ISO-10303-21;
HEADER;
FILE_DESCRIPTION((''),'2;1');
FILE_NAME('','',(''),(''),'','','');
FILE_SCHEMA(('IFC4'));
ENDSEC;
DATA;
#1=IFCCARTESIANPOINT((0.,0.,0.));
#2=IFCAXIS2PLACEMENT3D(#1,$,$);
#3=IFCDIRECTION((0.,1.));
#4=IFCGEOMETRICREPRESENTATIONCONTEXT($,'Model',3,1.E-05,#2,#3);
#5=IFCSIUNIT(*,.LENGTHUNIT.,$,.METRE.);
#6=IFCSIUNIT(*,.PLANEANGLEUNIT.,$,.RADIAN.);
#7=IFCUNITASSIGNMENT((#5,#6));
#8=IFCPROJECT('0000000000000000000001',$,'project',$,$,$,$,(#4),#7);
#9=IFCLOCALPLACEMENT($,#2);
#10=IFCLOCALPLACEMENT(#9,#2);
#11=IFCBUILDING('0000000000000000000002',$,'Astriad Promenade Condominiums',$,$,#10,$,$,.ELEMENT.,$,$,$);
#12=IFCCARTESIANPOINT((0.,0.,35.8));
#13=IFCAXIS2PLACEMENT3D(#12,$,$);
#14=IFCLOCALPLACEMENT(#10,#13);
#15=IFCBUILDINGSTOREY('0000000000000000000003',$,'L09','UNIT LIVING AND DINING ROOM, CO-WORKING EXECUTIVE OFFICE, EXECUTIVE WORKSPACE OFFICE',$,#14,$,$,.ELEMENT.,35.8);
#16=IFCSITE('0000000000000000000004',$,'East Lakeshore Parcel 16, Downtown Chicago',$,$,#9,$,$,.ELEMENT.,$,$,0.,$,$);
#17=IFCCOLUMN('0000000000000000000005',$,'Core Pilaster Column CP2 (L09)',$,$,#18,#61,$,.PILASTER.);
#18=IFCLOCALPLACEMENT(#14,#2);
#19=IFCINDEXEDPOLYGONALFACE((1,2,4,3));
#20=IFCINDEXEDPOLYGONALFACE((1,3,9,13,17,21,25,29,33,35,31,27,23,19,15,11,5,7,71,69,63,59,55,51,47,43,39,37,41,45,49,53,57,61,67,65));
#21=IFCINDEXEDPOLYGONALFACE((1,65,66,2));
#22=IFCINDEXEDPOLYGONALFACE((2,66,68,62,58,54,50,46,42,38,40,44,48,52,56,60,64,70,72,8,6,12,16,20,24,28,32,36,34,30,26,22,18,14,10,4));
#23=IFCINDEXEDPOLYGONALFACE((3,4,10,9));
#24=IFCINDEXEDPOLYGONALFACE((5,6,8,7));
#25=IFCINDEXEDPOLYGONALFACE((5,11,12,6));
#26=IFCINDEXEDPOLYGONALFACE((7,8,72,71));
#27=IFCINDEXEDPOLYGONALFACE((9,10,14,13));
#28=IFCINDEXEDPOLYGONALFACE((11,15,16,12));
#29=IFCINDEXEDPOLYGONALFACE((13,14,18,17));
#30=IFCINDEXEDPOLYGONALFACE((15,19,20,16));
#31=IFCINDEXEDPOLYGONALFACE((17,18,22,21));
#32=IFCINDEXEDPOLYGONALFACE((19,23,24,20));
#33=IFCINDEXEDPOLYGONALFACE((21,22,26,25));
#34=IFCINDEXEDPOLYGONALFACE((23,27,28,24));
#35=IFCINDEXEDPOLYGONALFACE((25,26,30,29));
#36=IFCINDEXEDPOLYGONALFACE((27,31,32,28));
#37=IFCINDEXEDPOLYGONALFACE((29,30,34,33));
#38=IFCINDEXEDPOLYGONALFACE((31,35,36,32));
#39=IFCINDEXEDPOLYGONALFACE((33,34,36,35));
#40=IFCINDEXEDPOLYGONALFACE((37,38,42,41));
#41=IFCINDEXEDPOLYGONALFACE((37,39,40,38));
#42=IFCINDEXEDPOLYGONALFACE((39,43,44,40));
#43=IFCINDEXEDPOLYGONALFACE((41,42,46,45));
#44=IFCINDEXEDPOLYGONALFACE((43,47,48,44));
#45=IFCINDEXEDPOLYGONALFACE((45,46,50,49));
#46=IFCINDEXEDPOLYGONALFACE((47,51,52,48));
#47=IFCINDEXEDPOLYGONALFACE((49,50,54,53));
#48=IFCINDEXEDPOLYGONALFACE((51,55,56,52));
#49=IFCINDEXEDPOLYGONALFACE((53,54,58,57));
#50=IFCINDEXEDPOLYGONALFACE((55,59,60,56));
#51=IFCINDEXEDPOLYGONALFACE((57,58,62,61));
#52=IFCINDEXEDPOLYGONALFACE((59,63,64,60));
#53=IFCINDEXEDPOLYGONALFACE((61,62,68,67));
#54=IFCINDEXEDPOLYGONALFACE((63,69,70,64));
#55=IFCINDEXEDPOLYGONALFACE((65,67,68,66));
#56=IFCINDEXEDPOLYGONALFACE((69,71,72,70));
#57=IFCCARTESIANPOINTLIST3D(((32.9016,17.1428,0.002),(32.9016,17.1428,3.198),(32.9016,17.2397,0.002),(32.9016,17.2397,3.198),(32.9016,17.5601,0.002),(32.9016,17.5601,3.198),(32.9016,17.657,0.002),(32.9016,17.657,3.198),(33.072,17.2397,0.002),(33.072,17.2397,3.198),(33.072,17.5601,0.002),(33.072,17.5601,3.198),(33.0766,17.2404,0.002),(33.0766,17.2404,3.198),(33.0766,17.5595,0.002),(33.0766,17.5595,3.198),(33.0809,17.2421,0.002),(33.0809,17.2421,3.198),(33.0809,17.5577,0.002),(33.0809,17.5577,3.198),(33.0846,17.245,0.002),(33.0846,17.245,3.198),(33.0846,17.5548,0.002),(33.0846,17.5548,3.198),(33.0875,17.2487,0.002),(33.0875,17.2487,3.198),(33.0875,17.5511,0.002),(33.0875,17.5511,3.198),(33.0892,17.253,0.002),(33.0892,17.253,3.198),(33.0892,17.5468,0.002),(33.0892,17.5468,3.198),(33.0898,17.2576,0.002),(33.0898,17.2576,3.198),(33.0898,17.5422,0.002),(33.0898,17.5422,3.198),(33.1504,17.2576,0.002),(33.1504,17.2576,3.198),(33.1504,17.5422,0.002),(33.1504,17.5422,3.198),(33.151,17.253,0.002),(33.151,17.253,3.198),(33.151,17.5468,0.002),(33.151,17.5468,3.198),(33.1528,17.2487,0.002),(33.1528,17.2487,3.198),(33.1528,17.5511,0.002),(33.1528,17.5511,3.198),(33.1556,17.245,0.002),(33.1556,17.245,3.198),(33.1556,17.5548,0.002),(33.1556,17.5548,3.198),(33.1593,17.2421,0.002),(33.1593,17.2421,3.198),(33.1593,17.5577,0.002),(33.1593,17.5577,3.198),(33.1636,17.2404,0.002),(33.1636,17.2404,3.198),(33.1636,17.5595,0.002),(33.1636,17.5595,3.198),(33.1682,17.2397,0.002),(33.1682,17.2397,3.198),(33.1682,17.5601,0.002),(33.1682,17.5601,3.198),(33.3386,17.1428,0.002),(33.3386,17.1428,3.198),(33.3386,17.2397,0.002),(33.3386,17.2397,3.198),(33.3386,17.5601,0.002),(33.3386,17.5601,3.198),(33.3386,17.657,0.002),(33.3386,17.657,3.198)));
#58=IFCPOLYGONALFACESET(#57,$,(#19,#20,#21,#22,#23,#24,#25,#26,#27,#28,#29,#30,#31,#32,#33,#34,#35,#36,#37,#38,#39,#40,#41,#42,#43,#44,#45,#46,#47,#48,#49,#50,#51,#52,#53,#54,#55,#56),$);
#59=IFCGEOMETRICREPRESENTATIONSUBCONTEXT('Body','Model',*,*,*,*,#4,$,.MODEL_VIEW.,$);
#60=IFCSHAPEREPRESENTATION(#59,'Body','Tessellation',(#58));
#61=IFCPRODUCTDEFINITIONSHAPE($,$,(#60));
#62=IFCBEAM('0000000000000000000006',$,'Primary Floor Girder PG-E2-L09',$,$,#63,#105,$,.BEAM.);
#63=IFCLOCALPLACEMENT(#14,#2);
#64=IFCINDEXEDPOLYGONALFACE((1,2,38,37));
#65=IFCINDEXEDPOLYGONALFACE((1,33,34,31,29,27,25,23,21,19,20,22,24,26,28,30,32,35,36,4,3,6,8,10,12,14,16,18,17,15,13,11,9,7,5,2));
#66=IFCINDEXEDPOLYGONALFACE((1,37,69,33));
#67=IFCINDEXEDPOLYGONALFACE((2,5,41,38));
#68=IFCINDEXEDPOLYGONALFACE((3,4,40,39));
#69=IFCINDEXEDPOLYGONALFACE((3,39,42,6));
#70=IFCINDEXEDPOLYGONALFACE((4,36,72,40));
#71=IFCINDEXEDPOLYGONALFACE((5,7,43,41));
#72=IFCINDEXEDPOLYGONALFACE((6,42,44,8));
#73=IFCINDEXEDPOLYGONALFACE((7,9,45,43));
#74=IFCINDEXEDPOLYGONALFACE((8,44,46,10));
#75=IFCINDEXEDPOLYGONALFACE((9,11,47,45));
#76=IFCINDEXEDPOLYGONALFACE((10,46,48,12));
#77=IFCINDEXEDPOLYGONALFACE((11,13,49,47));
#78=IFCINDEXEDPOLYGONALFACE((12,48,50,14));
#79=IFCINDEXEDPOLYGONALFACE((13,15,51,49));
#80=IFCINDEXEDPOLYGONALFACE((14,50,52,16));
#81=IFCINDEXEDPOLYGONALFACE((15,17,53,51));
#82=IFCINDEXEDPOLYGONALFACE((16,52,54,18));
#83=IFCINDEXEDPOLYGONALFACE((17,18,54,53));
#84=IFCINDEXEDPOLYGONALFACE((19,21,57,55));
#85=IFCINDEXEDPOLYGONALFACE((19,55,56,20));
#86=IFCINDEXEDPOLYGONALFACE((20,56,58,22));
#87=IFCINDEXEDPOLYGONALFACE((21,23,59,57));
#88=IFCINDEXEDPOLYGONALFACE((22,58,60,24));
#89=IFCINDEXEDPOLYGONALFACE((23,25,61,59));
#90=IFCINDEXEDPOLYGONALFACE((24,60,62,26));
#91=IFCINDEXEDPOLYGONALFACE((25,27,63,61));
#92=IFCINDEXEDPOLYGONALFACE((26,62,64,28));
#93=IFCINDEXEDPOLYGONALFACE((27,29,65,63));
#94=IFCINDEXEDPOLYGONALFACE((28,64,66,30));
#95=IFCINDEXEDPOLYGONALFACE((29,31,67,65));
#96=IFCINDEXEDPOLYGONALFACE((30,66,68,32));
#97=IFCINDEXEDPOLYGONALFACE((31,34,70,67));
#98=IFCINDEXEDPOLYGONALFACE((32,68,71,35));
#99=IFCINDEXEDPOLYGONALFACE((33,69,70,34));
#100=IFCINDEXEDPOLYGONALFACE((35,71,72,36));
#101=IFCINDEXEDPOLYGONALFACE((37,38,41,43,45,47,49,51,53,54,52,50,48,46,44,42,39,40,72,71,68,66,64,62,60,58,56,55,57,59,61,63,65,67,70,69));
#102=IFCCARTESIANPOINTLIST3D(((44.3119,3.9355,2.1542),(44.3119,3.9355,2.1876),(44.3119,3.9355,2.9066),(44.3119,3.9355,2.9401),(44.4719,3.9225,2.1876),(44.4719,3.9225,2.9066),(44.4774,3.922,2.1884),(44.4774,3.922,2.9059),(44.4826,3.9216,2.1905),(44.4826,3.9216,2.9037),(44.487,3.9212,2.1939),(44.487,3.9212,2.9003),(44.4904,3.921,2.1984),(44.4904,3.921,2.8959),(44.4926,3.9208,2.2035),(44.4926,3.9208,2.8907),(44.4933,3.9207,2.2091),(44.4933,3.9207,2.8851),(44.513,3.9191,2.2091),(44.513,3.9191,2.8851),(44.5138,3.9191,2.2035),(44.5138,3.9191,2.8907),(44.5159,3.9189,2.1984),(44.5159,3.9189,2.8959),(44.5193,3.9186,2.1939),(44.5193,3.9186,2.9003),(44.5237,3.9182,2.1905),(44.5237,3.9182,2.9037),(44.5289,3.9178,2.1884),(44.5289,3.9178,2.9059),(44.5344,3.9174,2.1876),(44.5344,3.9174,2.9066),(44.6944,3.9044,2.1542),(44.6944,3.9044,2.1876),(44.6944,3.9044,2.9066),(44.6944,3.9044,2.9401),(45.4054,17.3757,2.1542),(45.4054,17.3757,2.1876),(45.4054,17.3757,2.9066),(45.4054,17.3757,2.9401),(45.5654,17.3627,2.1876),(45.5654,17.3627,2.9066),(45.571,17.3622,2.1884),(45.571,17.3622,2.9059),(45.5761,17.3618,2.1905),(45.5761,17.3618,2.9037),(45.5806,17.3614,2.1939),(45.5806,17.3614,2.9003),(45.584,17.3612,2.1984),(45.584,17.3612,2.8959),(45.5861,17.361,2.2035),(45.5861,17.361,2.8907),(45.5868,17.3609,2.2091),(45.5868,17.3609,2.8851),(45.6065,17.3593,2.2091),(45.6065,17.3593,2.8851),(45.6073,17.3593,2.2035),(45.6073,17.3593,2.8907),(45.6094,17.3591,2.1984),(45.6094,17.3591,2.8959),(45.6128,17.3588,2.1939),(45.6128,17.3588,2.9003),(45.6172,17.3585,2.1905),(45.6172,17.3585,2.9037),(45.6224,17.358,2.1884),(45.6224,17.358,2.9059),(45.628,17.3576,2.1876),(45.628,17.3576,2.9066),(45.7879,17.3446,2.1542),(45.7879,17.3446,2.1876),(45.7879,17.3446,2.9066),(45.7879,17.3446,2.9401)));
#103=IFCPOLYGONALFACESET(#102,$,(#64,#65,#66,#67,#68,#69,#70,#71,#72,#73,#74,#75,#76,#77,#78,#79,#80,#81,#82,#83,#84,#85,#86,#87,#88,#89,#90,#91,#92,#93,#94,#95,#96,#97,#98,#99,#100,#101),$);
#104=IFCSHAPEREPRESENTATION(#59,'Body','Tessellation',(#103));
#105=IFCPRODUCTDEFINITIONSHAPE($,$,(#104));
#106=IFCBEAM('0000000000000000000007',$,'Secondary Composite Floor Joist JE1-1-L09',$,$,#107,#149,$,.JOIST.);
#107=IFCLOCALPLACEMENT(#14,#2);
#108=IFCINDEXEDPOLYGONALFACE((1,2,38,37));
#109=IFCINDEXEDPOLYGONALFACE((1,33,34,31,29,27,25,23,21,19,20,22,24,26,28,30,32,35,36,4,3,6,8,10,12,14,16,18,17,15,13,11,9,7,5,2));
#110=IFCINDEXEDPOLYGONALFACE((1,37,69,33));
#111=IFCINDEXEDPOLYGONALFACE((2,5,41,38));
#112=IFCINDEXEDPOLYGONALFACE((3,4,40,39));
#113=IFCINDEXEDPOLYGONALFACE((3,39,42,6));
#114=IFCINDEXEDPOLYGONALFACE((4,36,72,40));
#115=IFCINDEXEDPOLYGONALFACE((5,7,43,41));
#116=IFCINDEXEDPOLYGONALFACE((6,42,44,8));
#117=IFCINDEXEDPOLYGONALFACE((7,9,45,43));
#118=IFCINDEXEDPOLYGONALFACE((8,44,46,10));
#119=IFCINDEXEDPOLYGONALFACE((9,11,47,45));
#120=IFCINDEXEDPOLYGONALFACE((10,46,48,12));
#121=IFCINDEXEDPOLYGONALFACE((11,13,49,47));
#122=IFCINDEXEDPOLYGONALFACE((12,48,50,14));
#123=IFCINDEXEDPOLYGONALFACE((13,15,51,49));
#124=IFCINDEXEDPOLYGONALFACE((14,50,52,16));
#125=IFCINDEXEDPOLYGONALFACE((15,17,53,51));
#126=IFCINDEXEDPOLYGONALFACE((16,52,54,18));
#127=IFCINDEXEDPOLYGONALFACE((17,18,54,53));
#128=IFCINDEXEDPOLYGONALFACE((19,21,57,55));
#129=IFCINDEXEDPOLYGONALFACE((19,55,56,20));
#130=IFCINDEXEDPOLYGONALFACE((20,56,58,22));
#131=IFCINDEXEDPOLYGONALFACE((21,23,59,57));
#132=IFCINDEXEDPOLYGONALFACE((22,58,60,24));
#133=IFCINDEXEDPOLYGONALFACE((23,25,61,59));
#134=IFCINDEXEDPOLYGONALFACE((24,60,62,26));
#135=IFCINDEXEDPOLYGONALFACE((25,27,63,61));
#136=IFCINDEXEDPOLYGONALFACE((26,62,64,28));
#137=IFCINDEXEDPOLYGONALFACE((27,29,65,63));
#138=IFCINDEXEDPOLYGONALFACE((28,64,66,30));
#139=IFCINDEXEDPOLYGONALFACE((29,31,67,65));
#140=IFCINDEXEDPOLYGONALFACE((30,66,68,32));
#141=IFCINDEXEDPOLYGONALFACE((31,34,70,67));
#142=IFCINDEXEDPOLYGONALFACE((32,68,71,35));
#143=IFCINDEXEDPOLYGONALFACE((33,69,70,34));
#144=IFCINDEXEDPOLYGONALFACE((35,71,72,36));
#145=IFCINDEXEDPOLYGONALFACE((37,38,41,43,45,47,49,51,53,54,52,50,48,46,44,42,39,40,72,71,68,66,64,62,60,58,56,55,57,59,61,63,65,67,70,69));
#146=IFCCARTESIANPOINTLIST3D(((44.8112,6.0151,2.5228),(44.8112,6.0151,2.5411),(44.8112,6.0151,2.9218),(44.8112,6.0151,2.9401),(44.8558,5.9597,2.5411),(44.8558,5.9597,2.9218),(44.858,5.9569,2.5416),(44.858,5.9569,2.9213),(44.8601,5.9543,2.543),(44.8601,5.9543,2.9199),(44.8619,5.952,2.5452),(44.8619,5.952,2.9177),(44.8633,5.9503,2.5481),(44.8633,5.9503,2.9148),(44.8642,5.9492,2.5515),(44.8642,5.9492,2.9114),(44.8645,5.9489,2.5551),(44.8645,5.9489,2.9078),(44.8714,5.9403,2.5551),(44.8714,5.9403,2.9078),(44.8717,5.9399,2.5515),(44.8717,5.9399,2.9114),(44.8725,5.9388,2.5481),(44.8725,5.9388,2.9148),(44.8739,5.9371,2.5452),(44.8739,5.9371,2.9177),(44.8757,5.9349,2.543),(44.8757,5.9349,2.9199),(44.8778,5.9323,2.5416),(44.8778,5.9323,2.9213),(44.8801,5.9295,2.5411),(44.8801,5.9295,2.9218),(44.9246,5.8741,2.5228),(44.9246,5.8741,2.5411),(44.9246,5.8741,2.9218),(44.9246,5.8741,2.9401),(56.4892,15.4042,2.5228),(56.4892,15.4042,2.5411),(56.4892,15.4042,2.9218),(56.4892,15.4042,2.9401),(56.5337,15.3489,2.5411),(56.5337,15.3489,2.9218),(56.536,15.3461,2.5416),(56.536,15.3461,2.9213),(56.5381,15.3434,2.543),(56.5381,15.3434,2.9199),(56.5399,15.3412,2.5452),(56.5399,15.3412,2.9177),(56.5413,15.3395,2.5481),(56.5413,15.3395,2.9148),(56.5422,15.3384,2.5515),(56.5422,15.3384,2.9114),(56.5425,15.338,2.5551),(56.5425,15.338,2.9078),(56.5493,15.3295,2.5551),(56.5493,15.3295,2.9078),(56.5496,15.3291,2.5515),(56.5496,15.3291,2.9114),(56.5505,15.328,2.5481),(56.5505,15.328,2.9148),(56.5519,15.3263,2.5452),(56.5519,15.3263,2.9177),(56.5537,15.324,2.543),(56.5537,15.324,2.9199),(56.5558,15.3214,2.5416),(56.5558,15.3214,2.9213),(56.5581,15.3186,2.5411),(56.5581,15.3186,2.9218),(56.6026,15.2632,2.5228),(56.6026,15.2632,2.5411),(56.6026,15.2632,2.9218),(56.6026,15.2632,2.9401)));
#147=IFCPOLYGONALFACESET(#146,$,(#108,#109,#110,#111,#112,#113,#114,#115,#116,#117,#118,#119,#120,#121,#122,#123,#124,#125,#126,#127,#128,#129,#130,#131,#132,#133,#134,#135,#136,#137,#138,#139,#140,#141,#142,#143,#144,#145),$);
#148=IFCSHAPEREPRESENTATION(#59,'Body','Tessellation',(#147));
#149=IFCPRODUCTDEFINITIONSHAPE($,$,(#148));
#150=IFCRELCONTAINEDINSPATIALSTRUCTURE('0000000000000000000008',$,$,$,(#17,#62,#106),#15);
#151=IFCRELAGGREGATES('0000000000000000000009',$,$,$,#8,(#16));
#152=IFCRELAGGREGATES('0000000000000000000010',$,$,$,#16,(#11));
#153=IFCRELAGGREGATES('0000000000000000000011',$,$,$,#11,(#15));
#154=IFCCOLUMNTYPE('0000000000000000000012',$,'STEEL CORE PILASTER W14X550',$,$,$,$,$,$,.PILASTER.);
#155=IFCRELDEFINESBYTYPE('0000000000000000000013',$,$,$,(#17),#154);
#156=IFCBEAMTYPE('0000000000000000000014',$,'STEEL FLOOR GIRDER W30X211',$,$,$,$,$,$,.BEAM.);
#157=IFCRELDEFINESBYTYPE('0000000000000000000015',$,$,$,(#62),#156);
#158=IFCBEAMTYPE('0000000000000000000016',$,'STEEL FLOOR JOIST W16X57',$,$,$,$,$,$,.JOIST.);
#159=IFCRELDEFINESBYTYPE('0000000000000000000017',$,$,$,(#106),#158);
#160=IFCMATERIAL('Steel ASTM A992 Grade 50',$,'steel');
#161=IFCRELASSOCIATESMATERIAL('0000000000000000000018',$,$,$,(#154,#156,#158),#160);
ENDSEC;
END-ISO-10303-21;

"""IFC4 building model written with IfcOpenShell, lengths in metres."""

from ifc_helpers import new_model, si_unit, direction, frame, origin, origin_2d, place, context, subcontext, project, spatial, i_section, extrude, source, transform, mapped, material, material_profile, profile_set, type_object, type_shapes, element, save


model = new_model("IFC4")

# Units and contexts
model_context = context("Model", 3, precision=1e-05, world=origin(), true_north=direction((0.0, 1.0)))
body_context = subcontext(model_context, "Body", "Model", "MODEL_VIEW")
ifc_project = project(units=[si_unit("LENGTHUNIT", "METRE"), si_unit("PLANEANGLEUNIT", "RADIAN")], contexts=[model_context])

# Site, building, storey
site_placement = place(None, origin())
site = spatial("IfcSite", under=ifc_project, at=site_placement, Name="East Lakeshore Parcel 16, Downtown Chicago", CompositionType="ELEMENT", RefElevation=0.0)
building_placement = place(site_placement, origin())
building = spatial("IfcBuilding", under=site, at=building_placement, Name="Astriad Promenade Condominiums", CompositionType="ELEMENT")
storey_placement = place(building_placement, frame((0.0, 0.0, 35.8)))
storey = spatial("IfcBuildingStorey", under=building, at=storey_placement, Name="L09", Description="UNIT LIVING AND DINING ROOM, CO-WORKING EXECUTIVE OFFICE, EXECUTIVE WORKSPACE OFFICE", CompositionType="ELEMENT", Elevation=35.8)

# Column
ifc_material_1 = material(Name="Steel ASTM A992 Grade 50", Category="steel")
ifc_material_profile_1 = material_profile(ifc_material_1, i_section(OverallWidth=0.437, OverallDepth=0.5142, WebThickness=0.0605, FlangeThickness=0.0969, FilletRadius=0.0178, at=origin_2d()), Name="W14X550")
ifc_profile_set_1 = profile_set([ifc_material_profile_1], Name="Steel ASTM A992 Grade 50")
column_type = type_object("IfcColumnType", Name="STEEL CORE PILASTER W14X550", PredefinedType="PILASTER", material=ifc_profile_set_1)
shared_shape_1 = source(origin(), body_context, "Body", "SweptSolid", [
    extrude(i_section(OverallWidth=0.437, OverallDepth=0.5142, WebThickness=0.0605, FlangeThickness=0.0969, FilletRadius=0.0178, at=origin_2d()), origin(), (0.0, 0.0, 1.0), 3.196),
])
type_shapes(column_type, [shared_shape_1])
column_placement = place(storey_placement, frame((33.1201, 17.3999, 0.002), z_axis=(0.0, 0.0, 1.0), x_axis=(1.0, 0.0, 0.0)))
element("IfcColumn", 1, at=column_placement, inside=storey, type_object=column_type, Name="Core Pilaster Column CP2 (L09)", PredefinedType="PILASTER", context=body_context, shape_type="MappedRepresentation", body=[
    mapped(shared_shape_1, transform((0.0, 0.0, 0.0), scale=1.0)),
])

# Beams
ifc_material_profile_2 = material_profile(ifc_material_1, i_section(OverallWidth=0.3838, OverallDepth=0.7859, WebThickness=0.0198, FlangeThickness=0.0334, FilletRadius=0.0215, at=origin_2d()), Name="W30X211")
ifc_profile_set_2 = profile_set([ifc_material_profile_2], Name="Steel ASTM A992 Grade 50")
beam_type_1 = type_object("IfcBeamType", Name="STEEL FLOOR GIRDER W30X211", PredefinedType="BEAM", material=ifc_profile_set_2)
shared_shape_2 = source(origin(), body_context, "Body", "SweptSolid", [
    extrude(i_section(OverallWidth=0.3838, OverallDepth=0.7859, WebThickness=0.0198, FlangeThickness=0.0334, FilletRadius=0.0215, at=origin_2d()), origin(), (0.0, 0.0, 1.0), 13.4846),
])
type_shapes(beam_type_1, [shared_shape_2])
beam_1_placement = place(storey_placement, frame((44.5032, 3.9199, 2.5471), z_axis=(0.081093, 0.996707, 0.0), x_axis=(-0.996707, 0.081093, 0.0)))
element("IfcBeam", 2, at=beam_1_placement, inside=storey, type_object=beam_type_1, Name="Primary Floor Girder PG-E2-L09", PredefinedType="BEAM", context=body_context, shape_type="MappedRepresentation", body=[
    mapped(shared_shape_2, transform((0.0, 0.0, 0.0), scale=1.0)),
])
ifc_material_profile_3 = material_profile(ifc_material_1, i_section(OverallWidth=0.1809, OverallDepth=0.4172, WebThickness=0.011, FlangeThickness=0.0183, FilletRadius=0.0139, at=origin_2d()), Name="W16X57")
ifc_profile_set_3 = profile_set([ifc_material_profile_3], Name="Steel ASTM A992 Grade 50")
beam_type_2 = type_object("IfcBeamType", Name="STEEL FLOOR JOIST W16X57", PredefinedType="JOIST", material=ifc_profile_set_3)
shared_shape_3 = source(origin(), body_context, "Body", "SweptSolid", [
    extrude(i_section(OverallWidth=0.1809, OverallDepth=0.4172, WebThickness=0.011, FlangeThickness=0.0183, FilletRadius=0.0139, at=origin_2d()), origin(), (0.0, 0.0, 1.0), 14.9844),
])
beam_2_placement = place(storey_placement, frame((44.8679, 5.9446, 2.7314), z_axis=(0.779344, 0.626597, 0.0), x_axis=(-0.626597, 0.779344, 0.0)))
element("IfcBeam", 3, at=beam_2_placement, inside=storey, type_object=beam_type_2, Name="Secondary Composite Floor Joist JE1-1-L09", PredefinedType="JOIST", context=body_context, shape_type="MappedRepresentation", body=[
    mapped(shared_shape_3, transform((0.0, 0.0, 0.0), scale=1.0)),
])

save(model, "model.ifc")
